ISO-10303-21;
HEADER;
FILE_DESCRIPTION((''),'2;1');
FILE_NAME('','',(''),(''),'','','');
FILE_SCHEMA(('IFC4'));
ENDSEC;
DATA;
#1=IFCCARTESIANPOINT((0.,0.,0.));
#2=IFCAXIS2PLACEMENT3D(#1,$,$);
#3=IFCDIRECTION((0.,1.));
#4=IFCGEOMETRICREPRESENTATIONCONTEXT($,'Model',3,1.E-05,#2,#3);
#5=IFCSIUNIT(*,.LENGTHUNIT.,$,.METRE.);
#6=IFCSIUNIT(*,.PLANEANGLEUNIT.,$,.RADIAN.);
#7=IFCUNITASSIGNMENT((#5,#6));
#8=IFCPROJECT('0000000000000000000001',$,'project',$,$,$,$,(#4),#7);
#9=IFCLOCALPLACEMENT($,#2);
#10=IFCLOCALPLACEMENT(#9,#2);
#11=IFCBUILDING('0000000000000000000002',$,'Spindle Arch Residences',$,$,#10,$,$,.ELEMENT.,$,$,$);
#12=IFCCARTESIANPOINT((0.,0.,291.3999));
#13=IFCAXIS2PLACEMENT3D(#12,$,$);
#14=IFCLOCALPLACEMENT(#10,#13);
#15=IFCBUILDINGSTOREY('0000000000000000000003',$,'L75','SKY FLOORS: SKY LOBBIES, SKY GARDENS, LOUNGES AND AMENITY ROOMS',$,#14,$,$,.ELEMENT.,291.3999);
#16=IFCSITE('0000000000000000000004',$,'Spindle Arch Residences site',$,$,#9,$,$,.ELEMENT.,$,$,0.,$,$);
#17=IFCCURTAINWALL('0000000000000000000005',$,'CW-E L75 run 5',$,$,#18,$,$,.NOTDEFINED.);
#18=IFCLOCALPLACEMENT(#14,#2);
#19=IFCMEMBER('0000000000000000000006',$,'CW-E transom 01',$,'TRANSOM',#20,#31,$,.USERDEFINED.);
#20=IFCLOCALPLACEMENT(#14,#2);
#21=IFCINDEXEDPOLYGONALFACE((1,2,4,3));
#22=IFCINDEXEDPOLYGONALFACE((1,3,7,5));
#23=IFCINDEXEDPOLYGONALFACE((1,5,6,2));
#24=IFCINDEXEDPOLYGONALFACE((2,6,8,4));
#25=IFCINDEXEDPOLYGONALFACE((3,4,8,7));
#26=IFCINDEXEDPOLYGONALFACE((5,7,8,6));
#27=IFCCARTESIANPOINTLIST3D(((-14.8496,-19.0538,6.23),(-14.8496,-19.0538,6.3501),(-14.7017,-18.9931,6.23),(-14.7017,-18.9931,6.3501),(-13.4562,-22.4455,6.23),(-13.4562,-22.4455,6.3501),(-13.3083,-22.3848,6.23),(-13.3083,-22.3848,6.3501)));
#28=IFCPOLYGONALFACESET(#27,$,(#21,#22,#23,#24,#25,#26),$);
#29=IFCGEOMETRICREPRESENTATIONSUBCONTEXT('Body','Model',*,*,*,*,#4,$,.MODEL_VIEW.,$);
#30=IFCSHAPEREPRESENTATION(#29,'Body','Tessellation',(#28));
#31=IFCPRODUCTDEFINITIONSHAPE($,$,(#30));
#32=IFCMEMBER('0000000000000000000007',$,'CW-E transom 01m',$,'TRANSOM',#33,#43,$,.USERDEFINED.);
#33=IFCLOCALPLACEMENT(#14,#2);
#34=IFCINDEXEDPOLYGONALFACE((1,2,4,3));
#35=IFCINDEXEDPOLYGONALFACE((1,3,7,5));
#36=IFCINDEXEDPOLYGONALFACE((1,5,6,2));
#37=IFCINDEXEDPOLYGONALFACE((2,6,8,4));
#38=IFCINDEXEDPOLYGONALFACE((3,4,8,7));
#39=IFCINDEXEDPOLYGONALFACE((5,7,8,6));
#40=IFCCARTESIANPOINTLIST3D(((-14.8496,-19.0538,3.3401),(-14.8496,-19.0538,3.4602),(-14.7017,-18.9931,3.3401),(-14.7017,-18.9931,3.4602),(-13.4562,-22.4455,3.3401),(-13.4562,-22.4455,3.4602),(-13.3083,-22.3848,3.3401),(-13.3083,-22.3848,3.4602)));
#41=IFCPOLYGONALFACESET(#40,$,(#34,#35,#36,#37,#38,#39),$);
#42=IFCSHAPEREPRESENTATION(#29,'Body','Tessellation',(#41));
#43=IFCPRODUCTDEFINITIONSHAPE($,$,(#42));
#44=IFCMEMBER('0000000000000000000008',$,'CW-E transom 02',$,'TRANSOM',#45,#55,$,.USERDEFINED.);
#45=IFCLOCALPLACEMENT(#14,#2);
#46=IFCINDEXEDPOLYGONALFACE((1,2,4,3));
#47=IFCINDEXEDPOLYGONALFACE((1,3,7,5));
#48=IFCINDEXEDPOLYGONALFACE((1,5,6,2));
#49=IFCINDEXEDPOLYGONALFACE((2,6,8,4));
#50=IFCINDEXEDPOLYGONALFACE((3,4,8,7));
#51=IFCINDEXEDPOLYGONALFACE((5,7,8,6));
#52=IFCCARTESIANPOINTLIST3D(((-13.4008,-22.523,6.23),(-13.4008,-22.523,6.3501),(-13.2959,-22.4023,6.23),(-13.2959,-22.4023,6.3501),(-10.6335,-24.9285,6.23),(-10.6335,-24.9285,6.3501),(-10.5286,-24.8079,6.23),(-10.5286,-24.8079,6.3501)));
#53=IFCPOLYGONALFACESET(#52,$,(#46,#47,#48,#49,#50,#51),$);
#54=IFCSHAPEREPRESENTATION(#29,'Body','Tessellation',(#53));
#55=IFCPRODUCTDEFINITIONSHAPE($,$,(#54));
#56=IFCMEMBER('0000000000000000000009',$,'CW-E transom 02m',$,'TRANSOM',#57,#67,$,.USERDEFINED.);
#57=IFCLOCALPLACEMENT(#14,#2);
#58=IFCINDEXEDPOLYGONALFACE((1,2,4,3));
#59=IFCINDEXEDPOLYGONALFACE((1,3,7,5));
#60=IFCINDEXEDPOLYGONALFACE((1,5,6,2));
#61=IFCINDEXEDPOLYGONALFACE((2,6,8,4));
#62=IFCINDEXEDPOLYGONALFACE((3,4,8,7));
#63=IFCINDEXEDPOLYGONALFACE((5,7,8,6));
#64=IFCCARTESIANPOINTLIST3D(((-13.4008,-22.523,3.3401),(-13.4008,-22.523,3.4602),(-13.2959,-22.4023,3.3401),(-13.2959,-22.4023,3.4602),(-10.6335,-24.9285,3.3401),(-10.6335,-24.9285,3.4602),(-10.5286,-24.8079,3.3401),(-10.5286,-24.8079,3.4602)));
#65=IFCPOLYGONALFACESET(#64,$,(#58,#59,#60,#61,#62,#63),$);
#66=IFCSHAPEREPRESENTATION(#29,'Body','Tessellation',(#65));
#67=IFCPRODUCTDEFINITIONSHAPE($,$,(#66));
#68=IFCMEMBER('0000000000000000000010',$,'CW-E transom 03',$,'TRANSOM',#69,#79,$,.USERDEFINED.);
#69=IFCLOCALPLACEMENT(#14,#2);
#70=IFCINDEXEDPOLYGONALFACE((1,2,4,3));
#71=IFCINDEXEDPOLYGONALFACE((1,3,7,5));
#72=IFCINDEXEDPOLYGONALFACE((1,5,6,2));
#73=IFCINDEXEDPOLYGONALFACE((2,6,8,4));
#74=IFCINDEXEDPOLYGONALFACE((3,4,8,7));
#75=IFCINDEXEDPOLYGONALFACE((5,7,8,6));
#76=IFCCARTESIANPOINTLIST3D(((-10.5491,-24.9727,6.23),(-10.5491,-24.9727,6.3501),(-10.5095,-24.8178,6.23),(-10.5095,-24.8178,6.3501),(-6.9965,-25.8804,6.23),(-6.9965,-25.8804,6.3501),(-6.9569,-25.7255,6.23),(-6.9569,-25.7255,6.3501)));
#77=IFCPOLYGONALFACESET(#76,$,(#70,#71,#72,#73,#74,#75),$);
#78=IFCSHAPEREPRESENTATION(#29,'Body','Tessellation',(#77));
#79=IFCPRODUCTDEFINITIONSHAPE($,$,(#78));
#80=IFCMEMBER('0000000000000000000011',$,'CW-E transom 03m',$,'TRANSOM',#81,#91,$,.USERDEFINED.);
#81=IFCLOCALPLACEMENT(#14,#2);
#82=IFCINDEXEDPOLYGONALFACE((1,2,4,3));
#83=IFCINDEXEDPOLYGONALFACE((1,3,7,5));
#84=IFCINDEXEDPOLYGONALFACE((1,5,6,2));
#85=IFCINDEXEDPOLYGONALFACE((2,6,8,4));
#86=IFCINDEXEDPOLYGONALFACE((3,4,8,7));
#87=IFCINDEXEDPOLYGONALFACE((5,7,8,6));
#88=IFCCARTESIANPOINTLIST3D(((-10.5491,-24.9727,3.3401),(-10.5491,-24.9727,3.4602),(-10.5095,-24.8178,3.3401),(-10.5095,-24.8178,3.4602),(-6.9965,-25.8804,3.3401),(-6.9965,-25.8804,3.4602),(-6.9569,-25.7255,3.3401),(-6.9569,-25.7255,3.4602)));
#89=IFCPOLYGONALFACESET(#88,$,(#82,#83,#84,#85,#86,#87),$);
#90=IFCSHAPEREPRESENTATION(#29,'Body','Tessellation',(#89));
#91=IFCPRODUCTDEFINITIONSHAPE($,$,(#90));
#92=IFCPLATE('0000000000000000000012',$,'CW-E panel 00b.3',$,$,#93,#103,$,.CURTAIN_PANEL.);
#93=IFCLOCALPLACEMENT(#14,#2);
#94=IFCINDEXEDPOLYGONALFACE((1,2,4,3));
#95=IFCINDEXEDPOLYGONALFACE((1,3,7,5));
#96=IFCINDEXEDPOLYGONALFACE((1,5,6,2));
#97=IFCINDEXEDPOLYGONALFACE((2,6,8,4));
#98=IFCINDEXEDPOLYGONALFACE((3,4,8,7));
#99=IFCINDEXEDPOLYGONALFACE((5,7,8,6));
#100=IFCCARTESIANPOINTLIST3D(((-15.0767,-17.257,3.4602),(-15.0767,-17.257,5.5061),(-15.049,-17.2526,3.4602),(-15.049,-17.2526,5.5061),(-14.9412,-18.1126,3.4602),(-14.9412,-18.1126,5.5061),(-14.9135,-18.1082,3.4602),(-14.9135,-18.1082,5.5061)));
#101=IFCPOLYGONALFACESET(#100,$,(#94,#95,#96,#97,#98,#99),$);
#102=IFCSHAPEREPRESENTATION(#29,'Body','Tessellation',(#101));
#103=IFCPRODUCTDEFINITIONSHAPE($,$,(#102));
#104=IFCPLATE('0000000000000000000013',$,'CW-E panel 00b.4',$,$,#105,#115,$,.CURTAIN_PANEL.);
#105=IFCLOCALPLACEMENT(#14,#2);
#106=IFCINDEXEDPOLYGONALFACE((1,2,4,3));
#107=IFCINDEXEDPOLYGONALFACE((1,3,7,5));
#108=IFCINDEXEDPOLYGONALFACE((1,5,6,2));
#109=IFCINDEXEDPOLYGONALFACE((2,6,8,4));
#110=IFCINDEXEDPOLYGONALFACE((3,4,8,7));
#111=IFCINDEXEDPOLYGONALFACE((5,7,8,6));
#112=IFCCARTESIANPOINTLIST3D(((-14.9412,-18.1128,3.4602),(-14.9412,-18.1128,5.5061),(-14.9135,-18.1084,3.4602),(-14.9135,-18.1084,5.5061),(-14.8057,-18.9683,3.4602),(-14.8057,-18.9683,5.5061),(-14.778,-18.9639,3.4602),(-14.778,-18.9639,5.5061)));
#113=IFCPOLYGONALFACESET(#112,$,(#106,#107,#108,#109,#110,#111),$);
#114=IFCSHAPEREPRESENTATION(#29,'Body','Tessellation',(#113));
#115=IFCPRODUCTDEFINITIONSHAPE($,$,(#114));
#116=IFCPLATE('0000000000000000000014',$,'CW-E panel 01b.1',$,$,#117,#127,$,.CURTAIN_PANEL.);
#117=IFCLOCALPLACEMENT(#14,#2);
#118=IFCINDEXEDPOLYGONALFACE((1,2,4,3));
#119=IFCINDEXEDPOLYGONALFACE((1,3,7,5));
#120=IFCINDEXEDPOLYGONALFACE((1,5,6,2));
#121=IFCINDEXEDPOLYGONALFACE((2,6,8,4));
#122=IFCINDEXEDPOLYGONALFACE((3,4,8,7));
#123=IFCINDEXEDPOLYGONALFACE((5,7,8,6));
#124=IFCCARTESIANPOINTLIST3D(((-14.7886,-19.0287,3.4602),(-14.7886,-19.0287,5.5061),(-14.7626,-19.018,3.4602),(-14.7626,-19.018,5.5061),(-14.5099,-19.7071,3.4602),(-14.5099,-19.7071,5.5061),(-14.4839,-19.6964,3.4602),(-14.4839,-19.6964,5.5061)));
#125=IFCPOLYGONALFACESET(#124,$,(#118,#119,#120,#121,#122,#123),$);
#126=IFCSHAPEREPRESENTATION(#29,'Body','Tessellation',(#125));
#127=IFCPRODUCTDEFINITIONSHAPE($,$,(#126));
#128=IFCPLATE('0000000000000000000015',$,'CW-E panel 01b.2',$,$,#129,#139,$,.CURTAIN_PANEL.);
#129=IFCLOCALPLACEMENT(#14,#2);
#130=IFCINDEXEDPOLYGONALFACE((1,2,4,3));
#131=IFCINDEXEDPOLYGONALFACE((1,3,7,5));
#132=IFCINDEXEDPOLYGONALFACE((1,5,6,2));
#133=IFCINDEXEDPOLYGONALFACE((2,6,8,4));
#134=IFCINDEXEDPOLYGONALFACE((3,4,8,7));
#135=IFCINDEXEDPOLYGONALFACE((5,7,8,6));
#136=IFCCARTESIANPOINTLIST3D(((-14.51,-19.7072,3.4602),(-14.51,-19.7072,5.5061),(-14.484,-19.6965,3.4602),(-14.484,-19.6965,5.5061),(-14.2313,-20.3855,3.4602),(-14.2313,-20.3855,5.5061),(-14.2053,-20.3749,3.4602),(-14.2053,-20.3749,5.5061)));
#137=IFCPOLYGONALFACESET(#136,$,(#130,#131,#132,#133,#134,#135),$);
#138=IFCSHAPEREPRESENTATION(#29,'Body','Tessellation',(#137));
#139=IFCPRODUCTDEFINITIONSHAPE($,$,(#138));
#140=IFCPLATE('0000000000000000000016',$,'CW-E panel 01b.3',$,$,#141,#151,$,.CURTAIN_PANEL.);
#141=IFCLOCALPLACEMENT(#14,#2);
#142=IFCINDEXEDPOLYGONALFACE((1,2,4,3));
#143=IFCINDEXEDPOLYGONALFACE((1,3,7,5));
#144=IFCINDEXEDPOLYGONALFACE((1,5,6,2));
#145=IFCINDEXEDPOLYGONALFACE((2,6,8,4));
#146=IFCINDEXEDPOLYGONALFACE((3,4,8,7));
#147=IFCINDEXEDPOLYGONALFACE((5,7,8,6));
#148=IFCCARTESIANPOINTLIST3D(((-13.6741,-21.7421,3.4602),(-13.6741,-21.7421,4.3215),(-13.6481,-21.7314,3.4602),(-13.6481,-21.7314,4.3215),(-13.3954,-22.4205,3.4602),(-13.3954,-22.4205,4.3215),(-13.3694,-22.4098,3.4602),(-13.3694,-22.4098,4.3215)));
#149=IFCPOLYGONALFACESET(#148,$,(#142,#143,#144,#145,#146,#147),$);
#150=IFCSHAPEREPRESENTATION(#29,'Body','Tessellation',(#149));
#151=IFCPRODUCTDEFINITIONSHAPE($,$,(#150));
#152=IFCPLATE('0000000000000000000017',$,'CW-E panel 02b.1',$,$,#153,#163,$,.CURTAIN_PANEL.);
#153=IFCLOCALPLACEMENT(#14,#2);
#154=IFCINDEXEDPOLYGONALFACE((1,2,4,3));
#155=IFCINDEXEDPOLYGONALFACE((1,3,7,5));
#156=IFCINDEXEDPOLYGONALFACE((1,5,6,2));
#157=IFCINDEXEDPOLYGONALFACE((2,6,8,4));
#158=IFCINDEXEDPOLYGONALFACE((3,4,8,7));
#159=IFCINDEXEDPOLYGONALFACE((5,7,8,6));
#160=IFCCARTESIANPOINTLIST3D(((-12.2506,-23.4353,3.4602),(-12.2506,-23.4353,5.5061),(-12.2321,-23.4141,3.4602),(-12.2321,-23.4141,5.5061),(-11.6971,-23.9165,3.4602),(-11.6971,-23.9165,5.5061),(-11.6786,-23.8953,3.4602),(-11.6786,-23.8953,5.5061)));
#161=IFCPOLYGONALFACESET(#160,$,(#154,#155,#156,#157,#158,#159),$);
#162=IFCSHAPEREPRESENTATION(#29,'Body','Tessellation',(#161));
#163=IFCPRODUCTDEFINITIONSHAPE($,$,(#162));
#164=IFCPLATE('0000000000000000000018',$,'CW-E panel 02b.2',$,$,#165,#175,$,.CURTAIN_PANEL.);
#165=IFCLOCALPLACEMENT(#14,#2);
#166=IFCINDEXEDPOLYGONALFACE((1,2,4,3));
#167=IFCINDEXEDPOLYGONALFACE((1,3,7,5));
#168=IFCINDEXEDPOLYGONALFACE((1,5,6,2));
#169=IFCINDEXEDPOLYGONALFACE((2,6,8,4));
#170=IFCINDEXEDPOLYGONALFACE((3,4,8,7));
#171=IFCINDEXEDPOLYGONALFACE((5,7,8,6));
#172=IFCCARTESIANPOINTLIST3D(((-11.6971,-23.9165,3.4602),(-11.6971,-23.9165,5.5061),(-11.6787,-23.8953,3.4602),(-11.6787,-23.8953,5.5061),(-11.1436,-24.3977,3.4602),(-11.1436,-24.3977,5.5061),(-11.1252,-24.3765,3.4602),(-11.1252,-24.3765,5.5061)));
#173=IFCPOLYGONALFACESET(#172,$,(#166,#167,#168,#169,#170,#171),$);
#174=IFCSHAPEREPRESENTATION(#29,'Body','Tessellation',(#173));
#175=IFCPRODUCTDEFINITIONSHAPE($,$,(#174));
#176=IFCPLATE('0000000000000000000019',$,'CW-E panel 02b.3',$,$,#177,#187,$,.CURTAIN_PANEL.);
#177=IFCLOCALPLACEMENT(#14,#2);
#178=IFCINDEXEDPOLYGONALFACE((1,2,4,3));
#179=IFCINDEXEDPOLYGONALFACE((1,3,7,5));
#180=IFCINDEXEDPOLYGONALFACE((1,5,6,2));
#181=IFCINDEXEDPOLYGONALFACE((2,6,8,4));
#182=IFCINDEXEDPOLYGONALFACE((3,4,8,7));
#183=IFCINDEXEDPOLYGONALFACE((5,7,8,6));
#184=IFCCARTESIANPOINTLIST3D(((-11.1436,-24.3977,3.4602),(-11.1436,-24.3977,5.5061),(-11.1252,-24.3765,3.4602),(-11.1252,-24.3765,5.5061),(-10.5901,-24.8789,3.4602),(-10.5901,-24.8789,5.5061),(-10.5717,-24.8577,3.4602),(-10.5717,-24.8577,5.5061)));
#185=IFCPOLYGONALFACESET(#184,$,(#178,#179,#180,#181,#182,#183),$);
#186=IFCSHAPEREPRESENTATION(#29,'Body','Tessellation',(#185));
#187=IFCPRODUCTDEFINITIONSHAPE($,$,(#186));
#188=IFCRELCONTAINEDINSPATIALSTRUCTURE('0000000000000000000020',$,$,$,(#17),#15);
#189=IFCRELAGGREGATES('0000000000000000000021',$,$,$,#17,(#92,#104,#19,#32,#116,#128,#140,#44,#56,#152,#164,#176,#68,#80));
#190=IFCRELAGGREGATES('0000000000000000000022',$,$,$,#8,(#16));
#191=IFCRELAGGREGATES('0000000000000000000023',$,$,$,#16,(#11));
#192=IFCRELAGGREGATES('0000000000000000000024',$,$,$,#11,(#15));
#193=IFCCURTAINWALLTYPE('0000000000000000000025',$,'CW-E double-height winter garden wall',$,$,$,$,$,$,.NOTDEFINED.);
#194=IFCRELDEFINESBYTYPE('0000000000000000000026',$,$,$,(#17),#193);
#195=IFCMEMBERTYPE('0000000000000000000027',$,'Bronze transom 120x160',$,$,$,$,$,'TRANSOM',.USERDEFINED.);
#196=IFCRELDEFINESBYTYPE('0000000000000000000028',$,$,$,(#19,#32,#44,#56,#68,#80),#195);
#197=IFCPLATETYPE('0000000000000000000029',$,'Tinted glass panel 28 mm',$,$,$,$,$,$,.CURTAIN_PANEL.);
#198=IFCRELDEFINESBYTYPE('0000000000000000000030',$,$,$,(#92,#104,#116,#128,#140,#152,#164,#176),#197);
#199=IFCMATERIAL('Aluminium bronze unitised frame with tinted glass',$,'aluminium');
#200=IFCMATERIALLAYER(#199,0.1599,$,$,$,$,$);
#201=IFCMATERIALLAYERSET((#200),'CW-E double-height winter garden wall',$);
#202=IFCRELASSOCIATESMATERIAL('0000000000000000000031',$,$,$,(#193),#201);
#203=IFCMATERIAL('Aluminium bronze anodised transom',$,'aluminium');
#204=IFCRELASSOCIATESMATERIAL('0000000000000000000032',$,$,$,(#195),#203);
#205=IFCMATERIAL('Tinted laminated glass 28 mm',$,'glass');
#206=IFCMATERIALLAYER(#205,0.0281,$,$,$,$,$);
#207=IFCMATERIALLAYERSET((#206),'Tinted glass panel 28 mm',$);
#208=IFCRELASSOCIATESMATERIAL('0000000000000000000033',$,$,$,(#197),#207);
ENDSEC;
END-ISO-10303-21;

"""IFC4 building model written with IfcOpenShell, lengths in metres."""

from ifc_helpers import new_model, si_unit, direction, frame, origin, origin_2d, place, context, subcontext, project, spatial, rectangle, extrude, material, layer, layer_set, material_profile, profile_set, type_object, element, aggregate, save


model = new_model("IFC4")

# Units and contexts
model_context = context("Model", 3, precision=1e-05, world=origin(), true_north=direction((0.0, 1.0)))
body_context = subcontext(model_context, "Body", "Model", "MODEL_VIEW")
ifc_project = project(units=[si_unit("LENGTHUNIT", "METRE"), si_unit("PLANEANGLEUNIT", "RADIAN")], contexts=[model_context])

# Site, building, storey
site_placement = place(None, origin())
site = spatial("IfcSite", under=ifc_project, at=site_placement, Name="Spindle Arch Residences site", CompositionType="ELEMENT", RefElevation=0.0)
building_placement = place(site_placement, origin())
building = spatial("IfcBuilding", under=site, at=building_placement, Name="Spindle Arch Residences", CompositionType="ELEMENT")
storey_placement = place(building_placement, frame((0.0, 0.0, 291.3999)))
storey = spatial("IfcBuildingStorey", under=building, at=storey_placement, Name="L75", Description="SKY FLOORS: SKY LOBBIES, SKY GARDENS, LOUNGES AND AMENITY ROOMS", CompositionType="ELEMENT", Elevation=291.3999)

# Curtain wall, members, plates
ifc_material_1 = material(Name="Aluminium bronze unitised frame with tinted glass", Category="aluminium")
ifc_layer_1 = layer(ifc_material_1, 0.1599)
ifc_layer_set_1 = layer_set([ifc_layer_1], Name="CW-E double-height winter garden wall")
curtain_wall_type = type_object("IfcCurtainWallType", Name="CW-E double-height winter garden wall", PredefinedType="NOTDEFINED", material=ifc_layer_set_1)
curtain_wall_placement = place(storey_placement, origin())
curtain_wall = element("IfcCurtainWall", 1, at=curtain_wall_placement, inside=storey, type_object=curtain_wall_type, Name="CW-E L75 run 5", PredefinedType="NOTDEFINED")
ifc_material_2 = material(Name="Aluminium bronze anodised transom", Category="aluminium")
ifc_material_profile_1 = material_profile(ifc_material_2, rectangle(XDim=0.1599, YDim=0.1201, at=origin_2d()), Name="TR 120x160")
ifc_profile_set_1 = profile_set([ifc_material_profile_1], Name="Aluminium bronze anodised transom")
member_type_1 = type_object("IfcMemberType", Name="Bronze transom 120x160", ElementType="TRANSOM", PredefinedType="USERDEFINED", material=ifc_profile_set_1)
member_1_placement = place(storey_placement, frame((-14.7756, -19.0234, 6.29), z_axis=(0.379996, -0.924988, 0.0), x_axis=(0.924988, 0.379996, 0.0)))
member_1 = element("IfcMember", 2, at=member_1_placement, type_object=member_type_1, Name="CW-E transom 01", ObjectType="TRANSOM", PredefinedType="USERDEFINED", context=body_context, shape_type="SweptSolid", body=[
    extrude(rectangle(XDim=0.1599, YDim=0.1201, at=origin_2d()), origin(), (0.0, 0.0, 1.0), 3.6667),
])
member_2_placement = place(storey_placement, frame((-14.7756, -19.0234, 3.4001), z_axis=(0.379996, -0.924988, 0.0), x_axis=(0.924988, 0.379996, 0.0)))
member_2 = element("IfcMember", 3, at=member_2_placement, type_object=member_type_1, Name="CW-E transom 01m", ObjectType="TRANSOM", PredefinedType="USERDEFINED", context=body_context, shape_type="SweptSolid", body=[
    extrude(rectangle(XDim=0.1599, YDim=0.1201, at=origin_2d()), origin(), (0.0, 0.0, 1.0), 3.6667),
])
member_3_placement = place(storey_placement, frame((-13.3484, -22.4626, 6.29), z_axis=(0.754722, -0.656045, 0.0), x_axis=(0.656045, 0.754722, 0.0)))
member_3 = element("IfcMember", 4, at=member_3_placement, type_object=member_type_1, Name="CW-E transom 02", ObjectType="TRANSOM", PredefinedType="USERDEFINED", context=body_context, shape_type="SweptSolid", body=[
    extrude(rectangle(XDim=0.1599, YDim=0.1201, at=origin_2d()), origin(), (0.0, 0.0, 1.0), 3.6667),
])
member_4_placement = place(storey_placement, frame((-13.3484, -22.4626, 3.4001), z_axis=(0.754722, -0.656045, 0.0), x_axis=(0.656045, 0.754722, 0.0)))
member_4 = element("IfcMember", 5, at=member_4_placement, type_object=member_type_1, Name="CW-E transom 02m", ObjectType="TRANSOM", PredefinedType="USERDEFINED", context=body_context, shape_type="SweptSolid", body=[
    extrude(rectangle(XDim=0.1599, YDim=0.1201, at=origin_2d()), origin(), (0.0, 0.0, 1.0), 3.6667),
])
member_5_placement = place(storey_placement, frame((-10.5293, -24.8953, 6.29), z_axis=(0.968876, -0.247545, 0.0), x_axis=(0.247545, 0.968876, 0.0)))
member_5 = element("IfcMember", 6, at=member_5_placement, type_object=member_type_1, Name="CW-E transom 03", ObjectType="TRANSOM", PredefinedType="USERDEFINED", context=body_context, shape_type="SweptSolid", body=[
    extrude(rectangle(XDim=0.1599, YDim=0.1201, at=origin_2d()), origin(), (0.0, 0.0, 1.0), 3.6667),
])
member_6_placement = place(storey_placement, frame((-10.5293, -24.8953, 3.4001), z_axis=(0.968876, -0.247545, 0.0), x_axis=(0.247545, 0.968876, 0.0)))
member_6 = element("IfcMember", 7, at=member_6_placement, type_object=member_type_1, Name="CW-E transom 03m", ObjectType="TRANSOM", PredefinedType="USERDEFINED", context=body_context, shape_type="SweptSolid", body=[
    extrude(rectangle(XDim=0.1599, YDim=0.1201, at=origin_2d()), origin(), (0.0, 0.0, 1.0), 3.6667),
])
ifc_material_3 = material(Name="Tinted laminated glass 28 mm", Category="glass")
ifc_layer_2 = layer(ifc_material_3, 0.0281)
ifc_layer_set_2 = layer_set([ifc_layer_2], Name="Tinted glass panel 28 mm")
plate_type_1 = type_object("IfcPlateType", Name="Tinted glass panel 28 mm", PredefinedType="CURTAIN_PANEL", material=ifc_layer_set_2)
plate_1_placement = place(storey_placement, frame((-14.9951, -17.6826, 3.4602), z_axis=(0.0, 0.0, 1.0), x_axis=(0.156434, -0.987688, 0.0)))
plate_1 = element("IfcPlate", 8, at=plate_1_placement, type_object=plate_type_1, Name="CW-E panel 00b.3", PredefinedType="CURTAIN_PANEL", context=body_context, shape_type="SweptSolid", body=[
    extrude(rectangle(XDim=0.8662, YDim=0.0281, at=origin_2d()), origin(), (0.0, 0.0, 1.0), 2.0459),
])
plate_2_placement = place(storey_placement, frame((-14.8596, -18.5383, 3.4602), z_axis=(0.0, 0.0, 1.0), x_axis=(0.156434, -0.987688, 0.0)))
plate_2 = element("IfcPlate", 9, at=plate_2_placement, type_object=plate_type_1, Name="CW-E panel 00b.4", PredefinedType="CURTAIN_PANEL", context=body_context, shape_type="SweptSolid", body=[
    extrude(rectangle(XDim=0.8662, YDim=0.0281, at=origin_2d()), origin(), (0.0, 0.0, 1.0), 2.0459),
])
plate_3_placement = place(storey_placement, frame((-14.6362, -19.3625, 3.4602), z_axis=(0.0, 0.0, 1.0), x_axis=(0.379994, -0.924989, 0.0)))
plate_3 = element("IfcPlate", 10, at=plate_3_placement, type_object=plate_type_1, Name="CW-E panel 01b.1", PredefinedType="CURTAIN_PANEL", context=body_context, shape_type="SweptSolid", body=[
    extrude(rectangle(XDim=0.7334, YDim=0.0281, at=origin_2d()), origin(), (0.0, 0.0, 1.0), 2.0459),
])
plate_4_placement = place(storey_placement, frame((-14.3577, -20.041, 3.4602), z_axis=(0.0, 0.0, 1.0), x_axis=(0.379994, -0.924989, 0.0)))
plate_4 = element("IfcPlate", 11, at=plate_4_placement, type_object=plate_type_1, Name="CW-E panel 01b.2", PredefinedType="CURTAIN_PANEL", context=body_context, shape_type="SweptSolid", body=[
    extrude(rectangle(XDim=0.7334, YDim=0.0281, at=origin_2d()), origin(), (0.0, 0.0, 1.0), 2.0459),
])
plate_5_placement = place(storey_placement, frame((-13.5217, -22.0759, 3.4602), z_axis=(0.0, 0.0, 1.0), x_axis=(0.379994, -0.924989, 0.0)))
plate_5 = element("IfcPlate", 12, at=plate_5_placement, type_object=plate_type_1, Name="CW-E panel 01b.3", PredefinedType="CURTAIN_PANEL", context=body_context, shape_type="SweptSolid", body=[
    extrude(rectangle(XDim=0.7334, YDim=0.0281, at=origin_2d()), origin(), (0.0, 0.0, 1.0), 0.8613),
])
plate_6_placement = place(storey_placement, frame((-11.9646, -23.6653, 3.4602), z_axis=(0.0, 0.0, 1.0), x_axis=(0.75471, -0.656059, 0.0)))
plate_6 = element("IfcPlate", 13, at=plate_6_placement, type_object=plate_type_1, Name="CW-E panel 02b.1", PredefinedType="CURTAIN_PANEL", context=body_context, shape_type="SweptSolid", body=[
    extrude(rectangle(XDim=0.7334, YDim=0.0281, at=origin_2d()), origin(), (0.0, 0.0, 1.0), 2.0459),
])
plate_7_placement = place(storey_placement, frame((-11.4111, -24.1465, 3.4602), z_axis=(0.0, 0.0, 1.0), x_axis=(0.75471, -0.656059, 0.0)))
plate_7 = element("IfcPlate", 14, at=plate_7_placement, type_object=plate_type_1, Name="CW-E panel 02b.2", PredefinedType="CURTAIN_PANEL", context=body_context, shape_type="SweptSolid", body=[
    extrude(rectangle(XDim=0.7334, YDim=0.0281, at=origin_2d()), origin(), (0.0, 0.0, 1.0), 2.0459),
])
plate_8_placement = place(storey_placement, frame((-10.8577, -24.6277, 3.4602), z_axis=(0.0, 0.0, 1.0), x_axis=(0.75471, -0.656059, 0.0)))
plate_8 = element("IfcPlate", 15, at=plate_8_placement, type_object=plate_type_1, Name="CW-E panel 02b.3", PredefinedType="CURTAIN_PANEL", context=body_context, shape_type="SweptSolid", body=[
    extrude(rectangle(XDim=0.7334, YDim=0.0281, at=origin_2d()), origin(), (0.0, 0.0, 1.0), 2.0459),
])
aggregate(curtain_wall, [plate_1, plate_2, member_1, member_2, plate_3, plate_4, plate_5, member_3, member_4, plate_6, plate_7, plate_8, member_5, member_6])

save(model, "model.ifc")
